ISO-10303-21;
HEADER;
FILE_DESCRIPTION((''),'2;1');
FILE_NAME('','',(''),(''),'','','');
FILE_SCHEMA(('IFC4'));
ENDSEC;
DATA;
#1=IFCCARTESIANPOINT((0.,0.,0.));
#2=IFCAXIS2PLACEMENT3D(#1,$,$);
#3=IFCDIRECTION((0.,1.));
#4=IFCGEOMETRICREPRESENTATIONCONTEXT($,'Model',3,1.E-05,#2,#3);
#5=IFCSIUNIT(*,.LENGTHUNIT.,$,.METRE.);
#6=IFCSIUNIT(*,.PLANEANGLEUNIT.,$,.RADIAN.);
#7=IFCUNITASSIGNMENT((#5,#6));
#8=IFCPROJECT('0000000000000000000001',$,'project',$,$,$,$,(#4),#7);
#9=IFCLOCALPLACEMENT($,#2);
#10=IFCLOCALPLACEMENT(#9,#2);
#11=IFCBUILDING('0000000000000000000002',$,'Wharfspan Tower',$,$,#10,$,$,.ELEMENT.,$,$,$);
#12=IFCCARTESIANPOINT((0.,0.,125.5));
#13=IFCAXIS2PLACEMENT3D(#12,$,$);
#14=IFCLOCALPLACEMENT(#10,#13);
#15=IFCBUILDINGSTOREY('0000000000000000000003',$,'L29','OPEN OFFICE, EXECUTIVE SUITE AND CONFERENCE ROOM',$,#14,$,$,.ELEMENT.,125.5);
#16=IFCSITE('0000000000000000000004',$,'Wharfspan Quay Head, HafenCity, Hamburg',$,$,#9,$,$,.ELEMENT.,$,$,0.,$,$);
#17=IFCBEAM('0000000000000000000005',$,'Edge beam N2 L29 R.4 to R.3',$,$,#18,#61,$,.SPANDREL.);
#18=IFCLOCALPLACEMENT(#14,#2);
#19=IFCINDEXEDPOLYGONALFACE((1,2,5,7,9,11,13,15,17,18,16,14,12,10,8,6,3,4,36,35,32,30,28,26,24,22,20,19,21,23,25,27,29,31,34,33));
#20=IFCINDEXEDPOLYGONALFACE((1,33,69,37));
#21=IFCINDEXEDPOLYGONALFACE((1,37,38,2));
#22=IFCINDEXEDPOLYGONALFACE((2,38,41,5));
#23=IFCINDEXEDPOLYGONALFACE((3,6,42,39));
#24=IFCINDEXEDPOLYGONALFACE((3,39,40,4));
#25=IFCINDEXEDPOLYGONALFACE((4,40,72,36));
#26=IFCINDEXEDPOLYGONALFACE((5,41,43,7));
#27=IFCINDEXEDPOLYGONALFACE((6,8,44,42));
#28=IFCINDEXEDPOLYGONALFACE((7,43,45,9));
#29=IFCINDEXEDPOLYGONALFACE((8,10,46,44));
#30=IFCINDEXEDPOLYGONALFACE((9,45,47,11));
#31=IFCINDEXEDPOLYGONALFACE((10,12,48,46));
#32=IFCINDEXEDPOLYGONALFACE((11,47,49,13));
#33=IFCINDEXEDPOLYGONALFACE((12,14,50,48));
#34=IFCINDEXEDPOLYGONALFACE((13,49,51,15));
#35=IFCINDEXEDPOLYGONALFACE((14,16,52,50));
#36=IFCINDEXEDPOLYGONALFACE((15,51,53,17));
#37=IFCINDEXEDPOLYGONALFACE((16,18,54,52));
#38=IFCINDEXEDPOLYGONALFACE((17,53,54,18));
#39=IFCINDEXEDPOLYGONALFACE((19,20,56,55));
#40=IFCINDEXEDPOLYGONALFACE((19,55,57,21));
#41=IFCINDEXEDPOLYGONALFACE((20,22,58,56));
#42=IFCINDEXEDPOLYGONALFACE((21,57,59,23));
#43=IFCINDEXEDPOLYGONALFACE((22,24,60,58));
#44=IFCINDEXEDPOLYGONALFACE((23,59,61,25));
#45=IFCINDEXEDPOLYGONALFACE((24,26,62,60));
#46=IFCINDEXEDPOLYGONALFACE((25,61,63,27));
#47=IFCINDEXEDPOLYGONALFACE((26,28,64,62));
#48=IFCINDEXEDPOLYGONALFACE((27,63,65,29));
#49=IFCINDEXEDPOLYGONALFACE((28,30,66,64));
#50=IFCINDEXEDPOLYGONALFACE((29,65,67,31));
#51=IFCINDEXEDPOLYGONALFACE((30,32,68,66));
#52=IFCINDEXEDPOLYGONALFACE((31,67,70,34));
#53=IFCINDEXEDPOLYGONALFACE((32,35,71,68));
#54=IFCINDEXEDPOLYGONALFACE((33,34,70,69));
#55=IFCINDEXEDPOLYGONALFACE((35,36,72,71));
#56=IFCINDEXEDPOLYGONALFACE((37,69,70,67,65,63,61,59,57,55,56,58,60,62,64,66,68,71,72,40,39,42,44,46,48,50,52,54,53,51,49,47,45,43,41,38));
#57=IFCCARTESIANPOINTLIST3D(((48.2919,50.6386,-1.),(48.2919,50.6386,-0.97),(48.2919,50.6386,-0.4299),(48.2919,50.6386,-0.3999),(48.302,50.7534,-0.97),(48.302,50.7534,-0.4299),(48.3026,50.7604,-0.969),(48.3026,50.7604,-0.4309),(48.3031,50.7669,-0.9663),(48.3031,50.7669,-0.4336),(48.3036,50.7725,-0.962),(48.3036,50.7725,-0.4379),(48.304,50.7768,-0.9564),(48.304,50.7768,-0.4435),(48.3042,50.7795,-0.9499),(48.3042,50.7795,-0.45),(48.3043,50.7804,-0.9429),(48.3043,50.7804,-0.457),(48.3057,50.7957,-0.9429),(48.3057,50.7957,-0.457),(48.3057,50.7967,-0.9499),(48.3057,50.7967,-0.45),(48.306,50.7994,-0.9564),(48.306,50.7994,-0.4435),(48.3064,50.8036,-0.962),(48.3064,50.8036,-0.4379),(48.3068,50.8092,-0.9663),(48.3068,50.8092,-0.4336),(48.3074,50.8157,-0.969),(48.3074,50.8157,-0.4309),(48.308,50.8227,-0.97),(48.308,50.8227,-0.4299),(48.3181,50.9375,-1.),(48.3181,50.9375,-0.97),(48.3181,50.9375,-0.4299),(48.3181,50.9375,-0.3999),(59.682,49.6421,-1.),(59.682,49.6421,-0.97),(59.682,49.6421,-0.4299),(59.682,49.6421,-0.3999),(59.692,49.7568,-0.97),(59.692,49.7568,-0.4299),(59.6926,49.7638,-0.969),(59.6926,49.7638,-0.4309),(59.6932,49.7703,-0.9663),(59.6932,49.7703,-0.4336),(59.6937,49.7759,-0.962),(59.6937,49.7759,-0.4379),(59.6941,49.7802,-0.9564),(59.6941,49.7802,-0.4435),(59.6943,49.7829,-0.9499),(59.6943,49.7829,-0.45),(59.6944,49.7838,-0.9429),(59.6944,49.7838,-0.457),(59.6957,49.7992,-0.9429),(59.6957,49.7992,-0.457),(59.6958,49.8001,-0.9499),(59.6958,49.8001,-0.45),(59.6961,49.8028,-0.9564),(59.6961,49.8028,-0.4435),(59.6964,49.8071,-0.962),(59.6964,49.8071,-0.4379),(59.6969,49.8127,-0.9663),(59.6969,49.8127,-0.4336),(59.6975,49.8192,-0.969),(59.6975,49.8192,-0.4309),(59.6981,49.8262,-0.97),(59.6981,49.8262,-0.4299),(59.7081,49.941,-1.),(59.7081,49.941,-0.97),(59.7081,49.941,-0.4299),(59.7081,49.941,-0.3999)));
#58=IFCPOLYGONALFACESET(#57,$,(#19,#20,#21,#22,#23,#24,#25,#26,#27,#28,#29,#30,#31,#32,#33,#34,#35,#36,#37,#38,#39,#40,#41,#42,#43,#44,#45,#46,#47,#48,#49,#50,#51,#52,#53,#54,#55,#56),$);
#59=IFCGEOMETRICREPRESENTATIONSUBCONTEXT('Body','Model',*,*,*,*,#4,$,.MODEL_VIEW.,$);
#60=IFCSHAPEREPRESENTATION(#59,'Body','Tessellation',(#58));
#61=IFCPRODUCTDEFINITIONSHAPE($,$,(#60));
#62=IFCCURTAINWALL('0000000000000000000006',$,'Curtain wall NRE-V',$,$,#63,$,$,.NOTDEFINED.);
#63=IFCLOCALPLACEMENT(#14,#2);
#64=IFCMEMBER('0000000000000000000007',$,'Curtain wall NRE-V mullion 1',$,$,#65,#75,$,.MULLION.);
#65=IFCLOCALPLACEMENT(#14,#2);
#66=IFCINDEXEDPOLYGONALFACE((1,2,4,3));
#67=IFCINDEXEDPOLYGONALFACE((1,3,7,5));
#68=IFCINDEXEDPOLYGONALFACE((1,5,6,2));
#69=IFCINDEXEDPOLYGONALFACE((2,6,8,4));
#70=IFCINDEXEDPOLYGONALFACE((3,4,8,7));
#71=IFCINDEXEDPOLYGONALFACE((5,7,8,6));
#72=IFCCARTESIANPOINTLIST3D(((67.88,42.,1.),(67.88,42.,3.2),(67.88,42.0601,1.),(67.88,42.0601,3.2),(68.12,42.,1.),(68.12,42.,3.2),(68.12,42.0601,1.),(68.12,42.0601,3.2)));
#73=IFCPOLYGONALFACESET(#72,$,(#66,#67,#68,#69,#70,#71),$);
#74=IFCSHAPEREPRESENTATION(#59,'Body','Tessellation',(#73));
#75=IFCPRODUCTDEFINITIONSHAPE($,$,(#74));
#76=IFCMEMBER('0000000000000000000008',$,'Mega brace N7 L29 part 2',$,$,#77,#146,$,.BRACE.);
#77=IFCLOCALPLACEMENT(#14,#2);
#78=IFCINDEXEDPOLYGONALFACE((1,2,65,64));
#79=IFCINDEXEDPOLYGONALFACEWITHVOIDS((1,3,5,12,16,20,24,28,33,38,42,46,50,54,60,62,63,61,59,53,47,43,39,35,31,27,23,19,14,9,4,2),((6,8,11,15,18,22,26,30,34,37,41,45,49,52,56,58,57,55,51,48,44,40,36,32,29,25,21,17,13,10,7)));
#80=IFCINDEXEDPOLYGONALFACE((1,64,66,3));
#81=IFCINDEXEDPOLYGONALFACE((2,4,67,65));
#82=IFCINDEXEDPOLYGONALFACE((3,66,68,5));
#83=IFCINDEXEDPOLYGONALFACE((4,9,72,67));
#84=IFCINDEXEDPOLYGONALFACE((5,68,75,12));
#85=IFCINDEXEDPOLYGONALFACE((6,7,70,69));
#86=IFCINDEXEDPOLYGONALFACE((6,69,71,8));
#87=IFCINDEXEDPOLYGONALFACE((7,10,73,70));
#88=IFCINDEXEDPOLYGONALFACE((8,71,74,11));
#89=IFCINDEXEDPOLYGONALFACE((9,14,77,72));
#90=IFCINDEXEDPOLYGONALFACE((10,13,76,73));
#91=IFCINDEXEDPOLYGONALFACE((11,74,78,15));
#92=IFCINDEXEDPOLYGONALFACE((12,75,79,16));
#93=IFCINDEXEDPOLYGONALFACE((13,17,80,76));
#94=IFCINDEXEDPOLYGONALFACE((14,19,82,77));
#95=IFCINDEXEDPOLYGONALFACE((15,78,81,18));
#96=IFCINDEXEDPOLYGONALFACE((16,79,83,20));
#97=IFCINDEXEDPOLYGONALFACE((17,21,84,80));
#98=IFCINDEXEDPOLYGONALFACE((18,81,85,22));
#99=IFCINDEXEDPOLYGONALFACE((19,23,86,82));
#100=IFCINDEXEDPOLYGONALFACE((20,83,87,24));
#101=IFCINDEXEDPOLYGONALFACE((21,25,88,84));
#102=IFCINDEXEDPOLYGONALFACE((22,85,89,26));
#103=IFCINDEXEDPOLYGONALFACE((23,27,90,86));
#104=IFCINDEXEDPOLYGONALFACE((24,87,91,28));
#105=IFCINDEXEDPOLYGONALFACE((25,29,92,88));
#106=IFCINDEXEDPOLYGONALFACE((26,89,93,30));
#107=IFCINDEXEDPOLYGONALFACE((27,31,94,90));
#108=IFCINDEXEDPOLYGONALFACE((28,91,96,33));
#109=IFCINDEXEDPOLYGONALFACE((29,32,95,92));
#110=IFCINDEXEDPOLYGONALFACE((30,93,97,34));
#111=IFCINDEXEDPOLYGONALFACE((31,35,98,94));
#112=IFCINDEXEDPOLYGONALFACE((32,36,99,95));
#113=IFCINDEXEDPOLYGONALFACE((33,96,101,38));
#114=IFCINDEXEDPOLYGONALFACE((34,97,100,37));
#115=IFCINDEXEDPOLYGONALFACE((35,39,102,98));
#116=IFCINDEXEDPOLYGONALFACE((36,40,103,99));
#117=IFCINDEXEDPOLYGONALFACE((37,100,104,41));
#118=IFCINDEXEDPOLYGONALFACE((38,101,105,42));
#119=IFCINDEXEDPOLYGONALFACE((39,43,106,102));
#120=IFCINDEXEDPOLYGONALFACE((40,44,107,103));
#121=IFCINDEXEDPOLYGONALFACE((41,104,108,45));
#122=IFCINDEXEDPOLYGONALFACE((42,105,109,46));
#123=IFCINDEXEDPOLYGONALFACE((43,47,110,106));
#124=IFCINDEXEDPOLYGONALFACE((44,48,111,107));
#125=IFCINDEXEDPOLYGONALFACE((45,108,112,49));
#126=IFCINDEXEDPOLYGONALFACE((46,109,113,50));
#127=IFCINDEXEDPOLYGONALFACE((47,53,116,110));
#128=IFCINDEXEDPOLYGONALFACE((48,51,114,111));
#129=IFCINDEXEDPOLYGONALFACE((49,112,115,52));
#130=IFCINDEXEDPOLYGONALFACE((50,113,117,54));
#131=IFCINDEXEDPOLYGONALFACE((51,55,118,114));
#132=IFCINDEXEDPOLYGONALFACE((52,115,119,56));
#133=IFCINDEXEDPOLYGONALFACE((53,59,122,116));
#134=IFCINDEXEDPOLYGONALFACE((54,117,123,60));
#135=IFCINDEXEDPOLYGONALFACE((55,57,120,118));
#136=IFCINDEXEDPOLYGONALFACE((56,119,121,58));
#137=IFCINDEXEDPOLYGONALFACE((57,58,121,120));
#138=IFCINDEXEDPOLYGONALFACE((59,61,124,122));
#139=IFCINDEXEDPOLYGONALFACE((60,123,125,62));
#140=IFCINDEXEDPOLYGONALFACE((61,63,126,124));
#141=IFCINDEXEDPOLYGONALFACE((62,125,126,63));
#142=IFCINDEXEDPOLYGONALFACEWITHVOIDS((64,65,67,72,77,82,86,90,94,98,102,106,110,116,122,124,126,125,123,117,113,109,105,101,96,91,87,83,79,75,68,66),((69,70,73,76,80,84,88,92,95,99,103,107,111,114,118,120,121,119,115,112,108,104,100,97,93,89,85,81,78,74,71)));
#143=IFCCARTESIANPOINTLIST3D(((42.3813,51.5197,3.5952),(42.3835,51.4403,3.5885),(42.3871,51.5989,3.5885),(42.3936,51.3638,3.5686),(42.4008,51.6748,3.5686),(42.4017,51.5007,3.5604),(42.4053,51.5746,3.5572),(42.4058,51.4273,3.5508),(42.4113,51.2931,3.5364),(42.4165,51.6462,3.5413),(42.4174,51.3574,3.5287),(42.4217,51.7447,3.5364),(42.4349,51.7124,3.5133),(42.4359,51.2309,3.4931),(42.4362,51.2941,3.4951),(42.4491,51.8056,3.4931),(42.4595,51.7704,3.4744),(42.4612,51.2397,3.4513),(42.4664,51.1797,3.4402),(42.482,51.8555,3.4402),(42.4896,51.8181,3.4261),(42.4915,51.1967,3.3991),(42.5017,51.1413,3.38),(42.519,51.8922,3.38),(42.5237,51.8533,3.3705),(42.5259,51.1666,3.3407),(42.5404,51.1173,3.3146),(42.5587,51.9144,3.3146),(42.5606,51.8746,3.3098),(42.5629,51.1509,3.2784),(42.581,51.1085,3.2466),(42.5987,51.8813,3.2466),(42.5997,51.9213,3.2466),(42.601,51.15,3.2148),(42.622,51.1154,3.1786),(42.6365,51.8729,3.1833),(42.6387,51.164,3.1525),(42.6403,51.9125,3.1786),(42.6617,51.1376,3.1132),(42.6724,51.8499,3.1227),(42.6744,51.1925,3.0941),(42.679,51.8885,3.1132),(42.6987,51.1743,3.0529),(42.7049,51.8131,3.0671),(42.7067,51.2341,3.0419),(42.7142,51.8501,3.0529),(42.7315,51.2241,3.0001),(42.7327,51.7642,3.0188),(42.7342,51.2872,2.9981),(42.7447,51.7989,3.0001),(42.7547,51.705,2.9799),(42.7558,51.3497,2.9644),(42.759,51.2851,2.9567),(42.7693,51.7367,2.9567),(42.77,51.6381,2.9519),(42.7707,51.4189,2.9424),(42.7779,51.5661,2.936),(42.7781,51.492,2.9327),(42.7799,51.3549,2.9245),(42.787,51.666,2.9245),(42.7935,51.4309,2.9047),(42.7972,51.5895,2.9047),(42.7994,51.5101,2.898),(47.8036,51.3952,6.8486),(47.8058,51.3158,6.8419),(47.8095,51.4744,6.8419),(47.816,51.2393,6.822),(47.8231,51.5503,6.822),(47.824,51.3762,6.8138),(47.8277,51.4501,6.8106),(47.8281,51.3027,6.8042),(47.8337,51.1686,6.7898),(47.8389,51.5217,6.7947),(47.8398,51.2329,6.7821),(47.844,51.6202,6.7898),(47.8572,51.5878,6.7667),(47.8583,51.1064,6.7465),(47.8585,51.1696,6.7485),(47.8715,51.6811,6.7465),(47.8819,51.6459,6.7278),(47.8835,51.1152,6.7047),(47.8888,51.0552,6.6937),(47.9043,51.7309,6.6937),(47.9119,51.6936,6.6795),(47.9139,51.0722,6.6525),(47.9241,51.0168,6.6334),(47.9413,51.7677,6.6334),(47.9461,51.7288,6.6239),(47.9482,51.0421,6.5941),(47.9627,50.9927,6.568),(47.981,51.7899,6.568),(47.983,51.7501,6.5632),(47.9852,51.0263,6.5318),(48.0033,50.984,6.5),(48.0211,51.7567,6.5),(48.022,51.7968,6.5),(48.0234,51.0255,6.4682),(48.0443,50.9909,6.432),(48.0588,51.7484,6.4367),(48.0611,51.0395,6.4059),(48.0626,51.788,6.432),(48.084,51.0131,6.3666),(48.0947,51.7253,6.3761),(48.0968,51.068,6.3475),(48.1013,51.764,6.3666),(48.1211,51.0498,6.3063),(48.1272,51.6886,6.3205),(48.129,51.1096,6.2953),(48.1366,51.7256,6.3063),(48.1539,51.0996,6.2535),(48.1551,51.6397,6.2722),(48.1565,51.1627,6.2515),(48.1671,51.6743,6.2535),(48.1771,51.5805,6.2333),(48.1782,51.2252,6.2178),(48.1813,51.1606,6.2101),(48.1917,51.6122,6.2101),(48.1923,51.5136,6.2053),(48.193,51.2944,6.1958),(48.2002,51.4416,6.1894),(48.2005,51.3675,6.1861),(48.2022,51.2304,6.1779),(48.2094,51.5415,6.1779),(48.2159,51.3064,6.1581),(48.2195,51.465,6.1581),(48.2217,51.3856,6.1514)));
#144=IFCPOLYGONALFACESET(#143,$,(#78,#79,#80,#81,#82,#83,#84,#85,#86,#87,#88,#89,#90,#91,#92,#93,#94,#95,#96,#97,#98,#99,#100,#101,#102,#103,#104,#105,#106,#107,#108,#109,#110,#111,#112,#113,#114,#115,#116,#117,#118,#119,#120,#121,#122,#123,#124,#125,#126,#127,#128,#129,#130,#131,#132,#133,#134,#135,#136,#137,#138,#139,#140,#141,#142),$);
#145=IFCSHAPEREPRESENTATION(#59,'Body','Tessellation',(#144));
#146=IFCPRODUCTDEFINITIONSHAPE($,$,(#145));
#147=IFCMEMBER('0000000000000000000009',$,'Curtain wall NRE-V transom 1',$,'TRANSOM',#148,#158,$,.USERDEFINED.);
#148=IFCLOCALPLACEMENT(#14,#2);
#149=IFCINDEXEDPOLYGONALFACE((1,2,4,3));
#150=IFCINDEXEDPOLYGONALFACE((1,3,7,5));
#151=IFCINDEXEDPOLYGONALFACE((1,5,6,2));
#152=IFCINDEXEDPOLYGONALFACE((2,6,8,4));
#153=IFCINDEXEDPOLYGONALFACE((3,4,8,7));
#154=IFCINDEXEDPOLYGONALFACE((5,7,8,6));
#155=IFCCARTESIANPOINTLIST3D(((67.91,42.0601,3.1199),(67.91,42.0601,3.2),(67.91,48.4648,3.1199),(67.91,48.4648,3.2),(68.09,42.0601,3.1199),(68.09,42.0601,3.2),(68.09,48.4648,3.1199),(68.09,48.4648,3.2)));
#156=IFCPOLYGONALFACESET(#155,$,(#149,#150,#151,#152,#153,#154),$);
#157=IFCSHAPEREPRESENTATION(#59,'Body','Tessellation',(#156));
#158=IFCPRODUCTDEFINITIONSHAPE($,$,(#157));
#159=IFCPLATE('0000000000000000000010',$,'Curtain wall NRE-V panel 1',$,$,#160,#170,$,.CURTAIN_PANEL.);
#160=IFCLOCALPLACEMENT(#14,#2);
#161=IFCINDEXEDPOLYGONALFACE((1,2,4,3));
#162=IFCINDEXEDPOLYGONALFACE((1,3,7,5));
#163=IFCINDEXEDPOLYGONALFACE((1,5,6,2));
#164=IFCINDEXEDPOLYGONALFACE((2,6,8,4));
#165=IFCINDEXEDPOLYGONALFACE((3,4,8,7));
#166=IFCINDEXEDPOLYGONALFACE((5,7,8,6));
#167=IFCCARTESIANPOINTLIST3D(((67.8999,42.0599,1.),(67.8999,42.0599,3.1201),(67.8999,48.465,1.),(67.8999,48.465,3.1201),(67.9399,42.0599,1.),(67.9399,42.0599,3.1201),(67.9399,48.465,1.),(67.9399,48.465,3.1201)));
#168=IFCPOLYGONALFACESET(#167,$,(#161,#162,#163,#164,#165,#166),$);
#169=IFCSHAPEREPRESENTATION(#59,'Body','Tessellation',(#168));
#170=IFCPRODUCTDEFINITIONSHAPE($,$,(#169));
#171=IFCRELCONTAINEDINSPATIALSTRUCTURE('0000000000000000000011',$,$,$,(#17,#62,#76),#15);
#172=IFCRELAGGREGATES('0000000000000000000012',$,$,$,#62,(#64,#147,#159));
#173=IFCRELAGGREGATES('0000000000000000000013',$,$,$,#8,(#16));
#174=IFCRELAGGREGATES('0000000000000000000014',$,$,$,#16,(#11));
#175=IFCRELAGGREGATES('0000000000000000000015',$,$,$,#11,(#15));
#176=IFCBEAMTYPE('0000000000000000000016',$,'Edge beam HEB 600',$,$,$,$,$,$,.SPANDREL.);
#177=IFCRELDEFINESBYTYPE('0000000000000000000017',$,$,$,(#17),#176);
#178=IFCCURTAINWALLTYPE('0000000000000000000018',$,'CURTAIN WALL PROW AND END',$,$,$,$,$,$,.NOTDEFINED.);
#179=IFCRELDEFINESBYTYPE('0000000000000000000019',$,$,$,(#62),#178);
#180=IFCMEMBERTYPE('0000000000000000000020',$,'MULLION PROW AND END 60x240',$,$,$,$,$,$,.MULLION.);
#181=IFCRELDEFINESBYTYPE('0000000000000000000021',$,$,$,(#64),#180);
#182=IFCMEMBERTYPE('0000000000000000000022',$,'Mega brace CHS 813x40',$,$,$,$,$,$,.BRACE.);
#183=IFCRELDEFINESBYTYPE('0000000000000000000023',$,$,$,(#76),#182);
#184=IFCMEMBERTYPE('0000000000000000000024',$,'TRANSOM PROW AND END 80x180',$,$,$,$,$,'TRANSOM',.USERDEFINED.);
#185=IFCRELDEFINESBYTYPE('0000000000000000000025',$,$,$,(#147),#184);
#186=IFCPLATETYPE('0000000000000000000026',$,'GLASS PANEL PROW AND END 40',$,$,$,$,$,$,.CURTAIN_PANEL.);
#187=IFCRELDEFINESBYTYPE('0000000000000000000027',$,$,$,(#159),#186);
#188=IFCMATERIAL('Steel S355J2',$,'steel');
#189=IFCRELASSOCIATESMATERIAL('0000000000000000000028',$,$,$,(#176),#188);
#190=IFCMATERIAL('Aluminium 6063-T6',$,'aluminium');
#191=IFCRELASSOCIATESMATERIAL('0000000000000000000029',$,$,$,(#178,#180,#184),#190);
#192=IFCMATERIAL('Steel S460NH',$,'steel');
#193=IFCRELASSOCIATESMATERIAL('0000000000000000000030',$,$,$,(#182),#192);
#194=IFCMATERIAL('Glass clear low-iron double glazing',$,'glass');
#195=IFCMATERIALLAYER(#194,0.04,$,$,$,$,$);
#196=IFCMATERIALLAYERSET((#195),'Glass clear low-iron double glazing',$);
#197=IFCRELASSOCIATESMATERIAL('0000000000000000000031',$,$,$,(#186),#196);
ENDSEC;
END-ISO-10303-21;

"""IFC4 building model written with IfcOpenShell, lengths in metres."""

from ifc_helpers import new_model, si_unit, direction, frame, origin, origin_2d, place, context, subcontext, project, spatial, rectangle, hollow_circle, i_section, extrude, material, layer, layer_set, material_profile, profile_set, type_object, element, aggregate, save


model = new_model("IFC4")

# Units and contexts
model_context = context("Model", 3, precision=1e-05, world=origin(), true_north=direction((0.0, 1.0)))
body_context = subcontext(model_context, "Body", "Model", "MODEL_VIEW")
ifc_project = project(units=[si_unit("LENGTHUNIT", "METRE"), si_unit("PLANEANGLEUNIT", "RADIAN")], contexts=[model_context])

# Site, building, storey
site_placement = place(None, origin())
site = spatial("IfcSite", under=ifc_project, at=site_placement, Name="Wharfspan Quay Head, HafenCity, Hamburg", CompositionType="ELEMENT", RefElevation=0.0)
building_placement = place(site_placement, origin())
building = spatial("IfcBuilding", under=site, at=building_placement, Name="Wharfspan Tower", CompositionType="ELEMENT")
storey_placement = place(building_placement, frame((0.0, 0.0, 125.5)))
storey = spatial("IfcBuildingStorey", under=building, at=storey_placement, Name="L29", Description="OPEN OFFICE, EXECUTIVE SUITE AND CONFERENCE ROOM", CompositionType="ELEMENT", Elevation=125.5)

# Shared definitions
ifc_material_1 = material(Name="Steel S355J2", Category="steel")

# Beam
ifc_material_profile_1 = material_profile(ifc_material_1, i_section(OverallWidth=0.3, OverallDepth=0.6001, WebThickness=0.0154, FlangeThickness=0.03, FilletRadius=0.0271, at=origin_2d()))
ifc_profile_set_1 = profile_set([ifc_material_profile_1], Name="Steel S355J2")
beam_type = type_object("IfcBeamType", Name="Edge beam HEB 600", PredefinedType="SPANDREL", material=ifc_profile_set_1)
beam_placement = place(storey_placement, frame((59.6951, 49.7915, -0.7), z_axis=(-0.996194, 0.087162, 0.0), x_axis=(-0.087162, -0.996194, 0.0)))
element("IfcBeam", 1, at=beam_placement, inside=storey, type_object=beam_type, Name="Edge beam N2 L29 R.4 to R.3", PredefinedType="SPANDREL", context=body_context, shape_type="SweptSolid", body=[
    extrude(i_section(OverallWidth=0.3, OverallDepth=0.6001, WebThickness=0.0154, FlangeThickness=0.03, FilletRadius=0.0271, at=origin_2d()), origin(), (0.0, 0.0, 1.0), 11.4336),
])

# Curtain wall, member
ifc_material_2 = material(Name="Aluminium 6063-T6", Category="aluminium")
curtain_wall_type = type_object("IfcCurtainWallType", Name="CURTAIN WALL PROW AND END", PredefinedType="NOTDEFINED", material=ifc_material_2)
curtain_wall_placement = place(storey_placement, origin())
curtain_wall = element("IfcCurtainWall", 2, at=curtain_wall_placement, inside=storey, type_object=curtain_wall_type, Name="Curtain wall NRE-V", PredefinedType="NOTDEFINED")
ifc_material_profile_2 = material_profile(ifc_material_2, rectangle(XDim=0.24, YDim=0.0601, at=origin_2d()))
ifc_profile_set_2 = profile_set([ifc_material_profile_2], Name="Aluminium 6063-T6")
member_type_1 = type_object("IfcMemberType", Name="MULLION PROW AND END 60x240", PredefinedType="MULLION", material=ifc_profile_set_2)
member_1_placement = place(storey_placement, frame((68.0, 42.03, 1.0), z_axis=(0.0, 0.0, 1.0), x_axis=(-1.0, 0.0, 0.0)))
member_1 = element("IfcMember", 3, at=member_1_placement, type_object=member_type_1, Name="Curtain wall NRE-V mullion 1", PredefinedType="MULLION", context=body_context, shape_type="SweptSolid", body=[
    extrude(rectangle(XDim=0.24, YDim=0.0601, at=origin_2d()), origin(), (0.0, 0.0, 1.0), 2.2),
])

# Members
ifc_material_3 = material(Name="Steel S460NH", Category="steel")
ifc_material_profile_3 = material_profile(ifc_material_3, hollow_circle(Radius=0.4065, WallThickness=0.04, at=origin_2d()))
ifc_profile_set_3 = profile_set([ifc_material_profile_3], Name="Steel S460NH")
member_type_2 = type_object("IfcMemberType", Name="Mega brace CHS 813x40", PredefinedType="BRACE", material=ifc_profile_set_3)
member_2_placement = place(storey_placement, frame((42.5903, 51.5149, 3.2466), z_axis=(0.857327, -0.019686, 0.514396), x_axis=(0.022956, 0.999736, 0.0)))
element("IfcMember", 4, at=member_2_placement, inside=storey, type_object=member_type_2, Name="Mega brace N7 L29 part 2", PredefinedType="BRACE", context=body_context, shape_type="SweptSolid", body=[
    extrude(hollow_circle(Radius=0.4065, WallThickness=0.04, at=origin_2d()), origin(), (0.0, 0.0, 1.0), 6.3247),
])
ifc_material_profile_4 = material_profile(ifc_material_2, rectangle(XDim=0.1799, YDim=0.0801, at=origin_2d()))
ifc_profile_set_4 = profile_set([ifc_material_profile_4], Name="Aluminium 6063-T6")
member_type_3 = type_object("IfcMemberType", Name="TRANSOM PROW AND END 80x180", ElementType="TRANSOM", PredefinedType="USERDEFINED", material=ifc_profile_set_4)
member_3_placement = place(storey_placement, frame((68.0, 42.0601, 3.1599), z_axis=(0.0, 1.0, 0.0), x_axis=(-1.0, 0.0, 0.0)))
member_3 = element("IfcMember", 5, at=member_3_placement, type_object=member_type_3, Name="Curtain wall NRE-V transom 1", ObjectType="TRANSOM", PredefinedType="USERDEFINED", context=body_context, shape_type="SweptSolid", body=[
    extrude(rectangle(XDim=0.1799, YDim=0.0801, at=origin_2d()), origin(), (0.0, 0.0, 1.0), 6.4048),
])

# Plate
ifc_material_4 = material(Name="Glass clear low-iron double glazing", Category="glass")
ifc_layer_1 = layer(ifc_material_4, 0.04)
ifc_layer_set_1 = layer_set([ifc_layer_1], Name="Glass clear low-iron double glazing")
plate_type = type_object("IfcPlateType", Name="GLASS PANEL PROW AND END 40", PredefinedType="CURTAIN_PANEL", material=ifc_layer_set_1)
plate_placement = place(storey_placement, frame((67.9199, 45.2625, 1.0), z_axis=(0.0, 0.0, 1.0), x_axis=(0.0, 1.0, 0.0)))
plate = element("IfcPlate", 6, at=plate_placement, type_object=plate_type, Name="Curtain wall NRE-V panel 1", PredefinedType="CURTAIN_PANEL", context=body_context, shape_type="SweptSolid", body=[
    extrude(rectangle(XDim=6.405, YDim=0.04, at=origin_2d()), origin(), (0.0, 0.0, 1.0), 2.1201),
])
aggregate(curtain_wall, [member_1, member_3, plate])

save(model, "model.ifc")
